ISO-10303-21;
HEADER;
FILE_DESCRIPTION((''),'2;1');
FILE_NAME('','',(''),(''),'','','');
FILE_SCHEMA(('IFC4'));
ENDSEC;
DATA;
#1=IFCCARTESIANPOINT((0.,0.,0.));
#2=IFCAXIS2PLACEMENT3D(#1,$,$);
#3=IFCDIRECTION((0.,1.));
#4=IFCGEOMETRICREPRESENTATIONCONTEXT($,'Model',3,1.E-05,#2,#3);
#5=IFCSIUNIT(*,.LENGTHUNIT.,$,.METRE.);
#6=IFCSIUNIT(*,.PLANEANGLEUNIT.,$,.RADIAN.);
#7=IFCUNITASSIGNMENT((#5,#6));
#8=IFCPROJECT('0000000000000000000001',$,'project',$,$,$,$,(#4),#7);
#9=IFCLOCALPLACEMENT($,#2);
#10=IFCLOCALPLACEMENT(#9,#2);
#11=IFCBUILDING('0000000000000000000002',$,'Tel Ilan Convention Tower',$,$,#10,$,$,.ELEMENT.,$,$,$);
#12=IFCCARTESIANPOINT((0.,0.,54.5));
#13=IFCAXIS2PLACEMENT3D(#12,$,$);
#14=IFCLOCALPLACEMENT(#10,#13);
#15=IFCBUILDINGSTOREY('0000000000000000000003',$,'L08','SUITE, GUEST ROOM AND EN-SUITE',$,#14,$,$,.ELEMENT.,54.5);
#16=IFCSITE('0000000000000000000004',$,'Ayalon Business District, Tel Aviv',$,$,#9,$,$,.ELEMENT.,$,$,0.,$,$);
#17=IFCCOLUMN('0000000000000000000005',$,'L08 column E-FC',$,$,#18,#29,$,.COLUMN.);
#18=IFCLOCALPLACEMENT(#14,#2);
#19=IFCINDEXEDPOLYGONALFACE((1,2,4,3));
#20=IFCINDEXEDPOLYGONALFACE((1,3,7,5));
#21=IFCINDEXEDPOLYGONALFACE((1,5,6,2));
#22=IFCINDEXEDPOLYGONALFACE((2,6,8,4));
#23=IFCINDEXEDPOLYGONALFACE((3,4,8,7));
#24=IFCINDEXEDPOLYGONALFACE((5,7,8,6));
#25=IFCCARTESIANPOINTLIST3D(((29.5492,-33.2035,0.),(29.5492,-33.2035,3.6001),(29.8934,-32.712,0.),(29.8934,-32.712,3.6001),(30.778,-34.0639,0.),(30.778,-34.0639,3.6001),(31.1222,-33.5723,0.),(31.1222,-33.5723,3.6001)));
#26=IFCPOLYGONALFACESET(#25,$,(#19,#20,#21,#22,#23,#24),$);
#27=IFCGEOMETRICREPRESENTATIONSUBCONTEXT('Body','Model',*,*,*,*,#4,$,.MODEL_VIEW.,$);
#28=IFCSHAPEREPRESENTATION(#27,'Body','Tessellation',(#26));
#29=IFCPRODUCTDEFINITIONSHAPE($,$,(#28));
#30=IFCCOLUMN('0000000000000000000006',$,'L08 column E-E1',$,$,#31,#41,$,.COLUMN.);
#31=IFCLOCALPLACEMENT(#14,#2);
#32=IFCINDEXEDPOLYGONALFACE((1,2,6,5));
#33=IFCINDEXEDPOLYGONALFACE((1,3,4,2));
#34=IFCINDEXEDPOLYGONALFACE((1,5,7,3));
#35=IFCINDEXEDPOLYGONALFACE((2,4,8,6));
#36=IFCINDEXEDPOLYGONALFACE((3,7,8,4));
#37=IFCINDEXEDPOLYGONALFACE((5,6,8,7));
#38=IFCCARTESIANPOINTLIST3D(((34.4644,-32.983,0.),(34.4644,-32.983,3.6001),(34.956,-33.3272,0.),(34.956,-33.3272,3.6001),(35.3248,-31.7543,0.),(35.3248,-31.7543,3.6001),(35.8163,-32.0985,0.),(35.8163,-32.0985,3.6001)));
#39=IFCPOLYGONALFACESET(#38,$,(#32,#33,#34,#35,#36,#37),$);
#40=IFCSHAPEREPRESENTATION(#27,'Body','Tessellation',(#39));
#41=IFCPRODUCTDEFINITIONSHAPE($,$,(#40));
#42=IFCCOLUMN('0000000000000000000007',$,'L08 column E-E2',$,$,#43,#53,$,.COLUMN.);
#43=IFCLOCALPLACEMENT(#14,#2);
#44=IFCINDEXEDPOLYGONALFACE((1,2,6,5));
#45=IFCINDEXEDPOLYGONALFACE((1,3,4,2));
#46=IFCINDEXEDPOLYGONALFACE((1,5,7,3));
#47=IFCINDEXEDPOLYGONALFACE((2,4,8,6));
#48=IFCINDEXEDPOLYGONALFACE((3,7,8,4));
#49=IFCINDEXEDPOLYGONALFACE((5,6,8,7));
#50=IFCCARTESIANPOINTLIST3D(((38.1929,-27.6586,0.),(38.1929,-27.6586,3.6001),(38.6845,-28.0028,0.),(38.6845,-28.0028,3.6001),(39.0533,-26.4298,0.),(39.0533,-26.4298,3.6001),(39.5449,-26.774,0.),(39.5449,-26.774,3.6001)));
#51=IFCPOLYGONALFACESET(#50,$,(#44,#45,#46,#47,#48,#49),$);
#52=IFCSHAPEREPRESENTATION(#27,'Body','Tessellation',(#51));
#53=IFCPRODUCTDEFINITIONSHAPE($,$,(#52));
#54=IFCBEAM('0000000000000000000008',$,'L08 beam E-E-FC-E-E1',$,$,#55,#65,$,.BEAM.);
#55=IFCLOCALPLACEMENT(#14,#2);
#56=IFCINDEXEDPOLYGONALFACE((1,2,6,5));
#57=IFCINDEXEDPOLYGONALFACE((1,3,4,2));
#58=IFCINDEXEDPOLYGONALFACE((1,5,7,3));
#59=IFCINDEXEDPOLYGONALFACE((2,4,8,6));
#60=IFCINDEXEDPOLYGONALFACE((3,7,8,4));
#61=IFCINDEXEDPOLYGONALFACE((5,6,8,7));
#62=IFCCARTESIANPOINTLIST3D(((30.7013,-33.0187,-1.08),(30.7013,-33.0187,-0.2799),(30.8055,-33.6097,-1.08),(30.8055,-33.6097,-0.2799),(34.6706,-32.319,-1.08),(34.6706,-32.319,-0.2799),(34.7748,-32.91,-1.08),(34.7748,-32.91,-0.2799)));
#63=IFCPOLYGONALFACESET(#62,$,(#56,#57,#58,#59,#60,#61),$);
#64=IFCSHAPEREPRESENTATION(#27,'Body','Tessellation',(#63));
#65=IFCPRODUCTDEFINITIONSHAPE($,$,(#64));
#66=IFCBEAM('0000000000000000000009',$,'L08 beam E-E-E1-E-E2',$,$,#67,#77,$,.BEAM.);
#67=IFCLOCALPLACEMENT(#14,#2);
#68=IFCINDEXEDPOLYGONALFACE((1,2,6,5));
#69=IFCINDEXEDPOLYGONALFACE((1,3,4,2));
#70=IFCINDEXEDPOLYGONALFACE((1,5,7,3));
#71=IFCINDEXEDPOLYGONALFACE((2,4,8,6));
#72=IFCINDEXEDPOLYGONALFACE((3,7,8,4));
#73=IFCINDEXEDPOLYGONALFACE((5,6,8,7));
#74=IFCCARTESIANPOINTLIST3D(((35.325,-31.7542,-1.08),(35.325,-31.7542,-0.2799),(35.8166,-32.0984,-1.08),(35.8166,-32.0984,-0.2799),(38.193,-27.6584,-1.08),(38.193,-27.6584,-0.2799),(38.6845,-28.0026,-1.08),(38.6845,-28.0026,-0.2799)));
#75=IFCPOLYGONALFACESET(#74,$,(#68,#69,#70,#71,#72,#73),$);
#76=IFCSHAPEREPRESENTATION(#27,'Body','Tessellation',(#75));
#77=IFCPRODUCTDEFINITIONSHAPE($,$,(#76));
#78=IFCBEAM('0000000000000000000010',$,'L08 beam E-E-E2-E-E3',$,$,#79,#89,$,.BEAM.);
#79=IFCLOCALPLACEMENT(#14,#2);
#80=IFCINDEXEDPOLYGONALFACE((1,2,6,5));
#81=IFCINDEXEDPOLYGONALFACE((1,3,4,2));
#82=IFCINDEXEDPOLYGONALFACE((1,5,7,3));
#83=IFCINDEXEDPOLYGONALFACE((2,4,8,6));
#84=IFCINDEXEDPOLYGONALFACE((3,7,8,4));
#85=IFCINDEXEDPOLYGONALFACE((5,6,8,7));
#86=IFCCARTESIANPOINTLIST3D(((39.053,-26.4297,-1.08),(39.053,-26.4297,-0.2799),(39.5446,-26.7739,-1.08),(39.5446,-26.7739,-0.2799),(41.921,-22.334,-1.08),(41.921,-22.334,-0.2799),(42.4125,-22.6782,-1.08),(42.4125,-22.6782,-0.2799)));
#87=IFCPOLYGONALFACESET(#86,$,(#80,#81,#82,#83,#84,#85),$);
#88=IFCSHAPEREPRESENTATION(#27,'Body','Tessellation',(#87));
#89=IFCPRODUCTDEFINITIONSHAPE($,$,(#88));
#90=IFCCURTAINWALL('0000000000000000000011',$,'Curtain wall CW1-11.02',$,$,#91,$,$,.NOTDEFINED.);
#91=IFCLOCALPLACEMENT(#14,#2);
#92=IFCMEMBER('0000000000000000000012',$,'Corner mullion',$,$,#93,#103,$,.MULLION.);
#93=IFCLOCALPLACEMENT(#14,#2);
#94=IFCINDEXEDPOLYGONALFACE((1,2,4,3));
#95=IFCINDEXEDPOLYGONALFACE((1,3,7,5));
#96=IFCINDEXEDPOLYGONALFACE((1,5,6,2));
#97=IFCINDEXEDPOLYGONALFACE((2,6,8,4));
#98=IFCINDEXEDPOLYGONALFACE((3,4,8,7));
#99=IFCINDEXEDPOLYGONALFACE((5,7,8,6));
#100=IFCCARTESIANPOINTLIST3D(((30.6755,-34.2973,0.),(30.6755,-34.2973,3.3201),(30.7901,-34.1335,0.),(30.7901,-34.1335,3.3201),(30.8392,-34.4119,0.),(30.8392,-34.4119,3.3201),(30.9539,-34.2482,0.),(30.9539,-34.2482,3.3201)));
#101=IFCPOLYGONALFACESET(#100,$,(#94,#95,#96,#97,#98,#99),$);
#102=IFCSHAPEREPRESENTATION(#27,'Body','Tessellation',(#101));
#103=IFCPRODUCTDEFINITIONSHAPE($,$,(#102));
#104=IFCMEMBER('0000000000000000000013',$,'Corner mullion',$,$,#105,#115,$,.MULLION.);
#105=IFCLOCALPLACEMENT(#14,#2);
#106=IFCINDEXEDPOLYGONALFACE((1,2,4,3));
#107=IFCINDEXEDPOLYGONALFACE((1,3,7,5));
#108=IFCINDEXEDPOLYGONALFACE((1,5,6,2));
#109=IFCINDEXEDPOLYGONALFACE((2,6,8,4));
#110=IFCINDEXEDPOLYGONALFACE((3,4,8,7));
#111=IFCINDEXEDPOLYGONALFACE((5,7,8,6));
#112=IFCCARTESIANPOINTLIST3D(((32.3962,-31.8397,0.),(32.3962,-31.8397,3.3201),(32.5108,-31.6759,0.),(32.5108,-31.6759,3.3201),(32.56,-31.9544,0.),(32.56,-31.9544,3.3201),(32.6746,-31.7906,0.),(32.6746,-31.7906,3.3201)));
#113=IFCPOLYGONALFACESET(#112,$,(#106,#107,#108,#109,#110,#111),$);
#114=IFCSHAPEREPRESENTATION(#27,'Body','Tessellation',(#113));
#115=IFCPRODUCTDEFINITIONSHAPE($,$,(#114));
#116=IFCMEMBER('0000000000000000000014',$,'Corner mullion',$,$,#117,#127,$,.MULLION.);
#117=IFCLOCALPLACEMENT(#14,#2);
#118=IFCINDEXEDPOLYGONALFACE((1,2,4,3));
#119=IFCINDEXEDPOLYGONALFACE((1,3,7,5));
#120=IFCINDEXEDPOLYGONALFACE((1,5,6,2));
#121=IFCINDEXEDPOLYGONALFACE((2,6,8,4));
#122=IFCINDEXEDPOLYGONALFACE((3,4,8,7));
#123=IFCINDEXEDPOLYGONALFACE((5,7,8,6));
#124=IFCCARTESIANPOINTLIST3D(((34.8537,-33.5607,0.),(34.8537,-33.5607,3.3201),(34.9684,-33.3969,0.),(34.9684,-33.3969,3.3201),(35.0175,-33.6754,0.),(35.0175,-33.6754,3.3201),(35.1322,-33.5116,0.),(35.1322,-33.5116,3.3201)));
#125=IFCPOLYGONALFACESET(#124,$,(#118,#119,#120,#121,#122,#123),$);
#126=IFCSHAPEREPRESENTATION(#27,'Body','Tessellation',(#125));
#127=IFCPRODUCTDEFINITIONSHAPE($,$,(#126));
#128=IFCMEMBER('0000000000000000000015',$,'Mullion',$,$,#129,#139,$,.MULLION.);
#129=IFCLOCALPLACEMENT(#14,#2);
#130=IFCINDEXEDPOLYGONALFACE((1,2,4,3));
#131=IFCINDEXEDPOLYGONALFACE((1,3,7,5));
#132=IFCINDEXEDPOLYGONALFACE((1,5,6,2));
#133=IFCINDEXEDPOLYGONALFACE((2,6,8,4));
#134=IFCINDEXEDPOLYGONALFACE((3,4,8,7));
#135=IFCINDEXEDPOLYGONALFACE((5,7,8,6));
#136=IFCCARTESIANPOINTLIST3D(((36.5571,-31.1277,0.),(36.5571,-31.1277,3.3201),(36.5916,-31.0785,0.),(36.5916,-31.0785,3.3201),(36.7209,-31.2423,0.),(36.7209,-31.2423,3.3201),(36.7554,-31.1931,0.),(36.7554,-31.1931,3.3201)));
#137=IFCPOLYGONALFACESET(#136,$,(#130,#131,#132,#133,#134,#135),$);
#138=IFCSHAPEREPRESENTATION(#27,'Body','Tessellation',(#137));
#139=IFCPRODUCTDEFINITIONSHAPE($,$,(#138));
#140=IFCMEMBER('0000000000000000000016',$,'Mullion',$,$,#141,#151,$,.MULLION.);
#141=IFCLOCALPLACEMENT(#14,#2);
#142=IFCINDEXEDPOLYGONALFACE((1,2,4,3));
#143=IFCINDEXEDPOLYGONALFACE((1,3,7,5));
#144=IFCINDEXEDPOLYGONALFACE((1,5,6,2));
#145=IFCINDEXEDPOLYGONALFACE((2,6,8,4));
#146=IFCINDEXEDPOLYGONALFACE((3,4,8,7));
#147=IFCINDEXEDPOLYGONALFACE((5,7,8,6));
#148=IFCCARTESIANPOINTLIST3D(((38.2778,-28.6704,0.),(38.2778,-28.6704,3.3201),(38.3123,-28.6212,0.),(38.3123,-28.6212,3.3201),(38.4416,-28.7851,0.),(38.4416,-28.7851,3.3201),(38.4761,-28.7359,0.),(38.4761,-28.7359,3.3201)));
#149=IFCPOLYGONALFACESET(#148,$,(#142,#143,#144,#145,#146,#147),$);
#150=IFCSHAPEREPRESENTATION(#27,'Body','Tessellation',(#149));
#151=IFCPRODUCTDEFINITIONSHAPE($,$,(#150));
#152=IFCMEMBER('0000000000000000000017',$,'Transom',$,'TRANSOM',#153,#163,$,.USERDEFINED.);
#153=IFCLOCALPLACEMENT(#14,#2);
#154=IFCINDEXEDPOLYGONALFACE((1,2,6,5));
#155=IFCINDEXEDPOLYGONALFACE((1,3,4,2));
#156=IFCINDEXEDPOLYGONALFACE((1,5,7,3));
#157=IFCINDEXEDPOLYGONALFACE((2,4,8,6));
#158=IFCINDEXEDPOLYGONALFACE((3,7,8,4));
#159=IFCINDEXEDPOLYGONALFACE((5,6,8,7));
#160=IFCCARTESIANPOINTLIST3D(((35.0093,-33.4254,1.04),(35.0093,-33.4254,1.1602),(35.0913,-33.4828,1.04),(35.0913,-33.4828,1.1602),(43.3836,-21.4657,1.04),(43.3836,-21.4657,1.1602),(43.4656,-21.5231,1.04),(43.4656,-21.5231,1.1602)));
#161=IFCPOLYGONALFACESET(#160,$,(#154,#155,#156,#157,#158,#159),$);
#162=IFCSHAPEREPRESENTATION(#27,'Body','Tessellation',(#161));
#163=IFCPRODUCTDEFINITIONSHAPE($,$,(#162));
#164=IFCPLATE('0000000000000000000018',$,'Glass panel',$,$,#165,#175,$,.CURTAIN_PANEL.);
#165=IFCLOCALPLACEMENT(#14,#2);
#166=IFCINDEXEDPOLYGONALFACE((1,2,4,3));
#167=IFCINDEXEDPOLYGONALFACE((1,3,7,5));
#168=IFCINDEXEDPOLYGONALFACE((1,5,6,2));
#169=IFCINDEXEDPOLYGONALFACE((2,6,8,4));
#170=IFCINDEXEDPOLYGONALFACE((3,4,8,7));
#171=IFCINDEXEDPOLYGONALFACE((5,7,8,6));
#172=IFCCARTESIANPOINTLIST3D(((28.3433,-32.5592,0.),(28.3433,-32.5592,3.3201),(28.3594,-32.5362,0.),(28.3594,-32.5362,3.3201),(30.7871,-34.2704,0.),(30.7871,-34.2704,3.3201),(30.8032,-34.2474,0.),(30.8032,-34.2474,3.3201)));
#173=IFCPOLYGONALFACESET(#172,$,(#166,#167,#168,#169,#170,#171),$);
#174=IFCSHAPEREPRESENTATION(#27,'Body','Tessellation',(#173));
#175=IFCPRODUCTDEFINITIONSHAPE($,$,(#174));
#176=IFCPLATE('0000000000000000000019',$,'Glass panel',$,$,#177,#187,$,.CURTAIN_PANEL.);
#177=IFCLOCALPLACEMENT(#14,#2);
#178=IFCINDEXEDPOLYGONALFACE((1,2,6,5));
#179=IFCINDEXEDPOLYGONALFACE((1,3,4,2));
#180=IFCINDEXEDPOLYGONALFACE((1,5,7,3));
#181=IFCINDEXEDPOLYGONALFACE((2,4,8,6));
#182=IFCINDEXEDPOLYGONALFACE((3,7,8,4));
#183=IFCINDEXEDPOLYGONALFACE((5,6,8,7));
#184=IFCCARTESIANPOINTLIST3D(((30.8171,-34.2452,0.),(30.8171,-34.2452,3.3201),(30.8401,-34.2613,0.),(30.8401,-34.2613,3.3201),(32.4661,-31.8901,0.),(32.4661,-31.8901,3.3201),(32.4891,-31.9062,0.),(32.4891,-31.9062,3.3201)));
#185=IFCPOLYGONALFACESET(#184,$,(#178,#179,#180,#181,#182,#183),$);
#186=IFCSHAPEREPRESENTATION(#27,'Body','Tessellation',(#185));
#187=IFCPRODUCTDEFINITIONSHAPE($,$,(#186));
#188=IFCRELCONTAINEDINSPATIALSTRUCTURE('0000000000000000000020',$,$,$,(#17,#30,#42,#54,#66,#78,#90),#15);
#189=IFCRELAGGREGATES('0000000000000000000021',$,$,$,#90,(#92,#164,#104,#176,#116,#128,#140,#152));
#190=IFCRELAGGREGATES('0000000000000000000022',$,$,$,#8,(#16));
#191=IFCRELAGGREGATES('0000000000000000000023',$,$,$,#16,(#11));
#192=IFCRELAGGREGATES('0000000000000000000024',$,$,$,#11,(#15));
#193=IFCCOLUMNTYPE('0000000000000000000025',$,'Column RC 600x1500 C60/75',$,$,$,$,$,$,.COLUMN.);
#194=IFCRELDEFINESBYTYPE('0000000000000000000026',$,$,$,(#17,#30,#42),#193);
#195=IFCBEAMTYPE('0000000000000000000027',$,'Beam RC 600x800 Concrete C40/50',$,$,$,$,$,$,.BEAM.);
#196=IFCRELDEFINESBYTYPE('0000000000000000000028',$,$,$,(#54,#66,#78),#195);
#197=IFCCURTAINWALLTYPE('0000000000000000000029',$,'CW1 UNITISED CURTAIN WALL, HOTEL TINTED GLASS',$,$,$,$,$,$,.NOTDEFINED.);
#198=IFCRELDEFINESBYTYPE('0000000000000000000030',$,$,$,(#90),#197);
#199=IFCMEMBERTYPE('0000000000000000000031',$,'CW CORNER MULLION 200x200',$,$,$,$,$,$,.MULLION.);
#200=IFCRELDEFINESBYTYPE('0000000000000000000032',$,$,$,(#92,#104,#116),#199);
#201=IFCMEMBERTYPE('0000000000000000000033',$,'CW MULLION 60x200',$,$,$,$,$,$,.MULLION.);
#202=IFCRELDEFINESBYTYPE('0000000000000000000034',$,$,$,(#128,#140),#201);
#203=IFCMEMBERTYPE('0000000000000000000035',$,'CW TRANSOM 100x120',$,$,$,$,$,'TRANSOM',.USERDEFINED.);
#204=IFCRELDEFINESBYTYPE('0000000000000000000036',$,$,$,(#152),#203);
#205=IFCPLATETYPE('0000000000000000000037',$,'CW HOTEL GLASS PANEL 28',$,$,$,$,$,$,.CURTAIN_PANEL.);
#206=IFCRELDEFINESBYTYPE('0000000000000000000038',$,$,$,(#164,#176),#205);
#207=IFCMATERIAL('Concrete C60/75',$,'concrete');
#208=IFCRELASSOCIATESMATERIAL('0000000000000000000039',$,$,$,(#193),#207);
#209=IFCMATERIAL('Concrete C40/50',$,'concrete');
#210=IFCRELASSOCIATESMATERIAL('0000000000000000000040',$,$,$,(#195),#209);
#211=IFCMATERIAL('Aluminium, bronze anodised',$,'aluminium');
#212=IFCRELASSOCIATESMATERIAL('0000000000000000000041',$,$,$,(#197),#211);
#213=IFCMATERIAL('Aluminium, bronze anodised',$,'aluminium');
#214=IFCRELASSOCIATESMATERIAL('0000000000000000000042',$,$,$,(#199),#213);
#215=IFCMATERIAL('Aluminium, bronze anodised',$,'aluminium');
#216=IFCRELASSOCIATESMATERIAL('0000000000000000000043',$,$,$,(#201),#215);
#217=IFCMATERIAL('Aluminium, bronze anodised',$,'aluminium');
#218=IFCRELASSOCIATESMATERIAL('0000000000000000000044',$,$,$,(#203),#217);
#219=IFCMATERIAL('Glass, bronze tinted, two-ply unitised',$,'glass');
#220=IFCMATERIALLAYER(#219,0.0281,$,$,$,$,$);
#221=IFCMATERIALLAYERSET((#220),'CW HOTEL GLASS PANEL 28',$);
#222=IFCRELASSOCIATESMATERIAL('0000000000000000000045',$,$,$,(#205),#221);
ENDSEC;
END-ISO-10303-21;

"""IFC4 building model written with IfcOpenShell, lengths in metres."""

from ifc_helpers import new_model, si_unit, direction, frame, origin, origin_2d, place, context, subcontext, project, spatial, rectangle, extrude, material, layer, layer_set, material_profile, profile_set, type_object, element, aggregate, save


model = new_model("IFC4")

# Units and contexts
model_context = context("Model", 3, precision=1e-05, world=origin(), true_north=direction((0.0, 1.0)))
body_context = subcontext(model_context, "Body", "Model", "MODEL_VIEW")
ifc_project = project(units=[si_unit("LENGTHUNIT", "METRE"), si_unit("PLANEANGLEUNIT", "RADIAN")], contexts=[model_context])

# Site, building, storey
site_placement = place(None, origin())
site = spatial("IfcSite", under=ifc_project, at=site_placement, Name="Ayalon Business District, Tel Aviv", CompositionType="ELEMENT", RefElevation=0.0)
building_placement = place(site_placement, origin())
building = spatial("IfcBuilding", under=site, at=building_placement, Name="Tel Ilan Convention Tower", CompositionType="ELEMENT")
storey_placement = place(building_placement, frame((0.0, 0.0, 54.5)))
storey = spatial("IfcBuildingStorey", under=building, at=storey_placement, Name="L08", Description="SUITE, GUEST ROOM AND EN-SUITE", CompositionType="ELEMENT", Elevation=54.5)

# Columns
ifc_material_1 = material(Name="Concrete C60/75", Category="concrete")
ifc_material_profile_1 = material_profile(ifc_material_1, rectangle(XDim=1.5, YDim=0.6001, at=origin_2d()), Name="RC 600x1500")
ifc_profile_set_1 = profile_set([ifc_material_profile_1], Name="Concrete C60/75")
column_type = type_object("IfcColumnType", Name="Column RC 600x1500 C60/75", PredefinedType="COLUMN", material=ifc_profile_set_1)
for number, where, z_axis, x_axis, name in (
    (1, (30.3357, -33.3879, 0.0), (0.0, 0.0, 1.0), (0.819152, -0.573576, 0.0), "L08 column E-FC"),
    (2, (35.1404, -32.5408, 0.0), (0.0, 0.0, 1.0), (0.573576, 0.819152, 0.0), "L08 column E-E1"),
    (3, (38.8689, -27.2163, 0.0), (0.0, 0.0, 1.0), (0.573576, 0.819152, 0.0), "L08 column E-E2"),
):
    element("IfcColumn", number, at=place(storey_placement, frame(where, z_axis=z_axis, x_axis=x_axis)), inside=storey, type_object=column_type, Name=name, PredefinedType="COLUMN", context=body_context, shape_type="SweptSolid", body=[
        extrude(rectangle(XDim=1.5, YDim=0.6001, at=origin_2d()), origin(), (0.0, 0.0, 1.0), 3.6001),
    ])

# Beams
ifc_material_2 = material(Name="Concrete C40/50", Category="concrete")
ifc_material_profile_2 = material_profile(ifc_material_2, rectangle(XDim=0.6001, YDim=0.8, at=origin_2d()), Name="RC 600x800")
ifc_profile_set_2 = profile_set([ifc_material_profile_2], Name="Concrete C40/50")
beam_type = type_object("IfcBeamType", Name="Beam RC 600x800 Concrete C40/50", PredefinedType="BEAM", material=ifc_profile_set_2)
beam_placement = place(storey_placement, frame((30.7534, -33.3142, -0.6799), z_axis=(0.984815, 0.173606, 0.0), x_axis=(-0.173606, 0.984815, 0.0)))
element("IfcBeam", 4, at=beam_placement, inside=storey, type_object=beam_type, Name="L08 beam E-E-FC-E-E1", PredefinedType="BEAM", context=body_context, shape_type="SweptSolid", body=[
    extrude(rectangle(XDim=0.6001, YDim=0.8, at=origin_2d()), origin(), (0.0, 0.0, 1.0), 4.0305),
])
for number, where, z_axis, x_axis, name in (
    (5, (35.5708, -31.9263, -0.6799), (0.573587, 0.819145, 0.0), (-0.819145, 0.573587, 0.0), "L08 beam E-E-E1-E-E2"),
    (6, (39.2988, -26.6018, -0.6799), (0.573587, 0.819145, 0.0), (-0.819145, 0.573587, 0.0), "L08 beam E-E-E2-E-E3"),
):
    element("IfcBeam", number, at=place(storey_placement, frame(where, z_axis=z_axis, x_axis=x_axis)), inside=storey, type_object=beam_type, Name=name, PredefinedType="BEAM", context=body_context, shape_type="SweptSolid", body=[
        extrude(rectangle(XDim=0.6001, YDim=0.8, at=origin_2d()), origin(), (0.0, 0.0, 1.0), 5.0),
    ])

# Curtain wall, members, plates
ifc_material_3 = material(Name="Aluminium, bronze anodised", Category="aluminium")
curtain_wall_type = type_object("IfcCurtainWallType", Name="CW1 UNITISED CURTAIN WALL, HOTEL TINTED GLASS", PredefinedType="NOTDEFINED", material=ifc_material_3)
curtain_wall_placement = place(storey_placement, origin())
curtain_wall = element("IfcCurtainWall", 7, at=curtain_wall_placement, inside=storey, type_object=curtain_wall_type, Name="Curtain wall CW1-11.02", PredefinedType="NOTDEFINED")
ifc_material_4 = material(Name="Aluminium, bronze anodised", Category="aluminium")
ifc_material_profile_3 = material_profile(ifc_material_4, rectangle(XDim=0.2, YDim=0.2, at=origin_2d()), Name="CW CORNER MULLION 200x200")
ifc_profile_set_3 = profile_set([ifc_material_profile_3], Name="Aluminium, bronze anodised")
member_type_1 = type_object("IfcMemberType", Name="CW CORNER MULLION 200x200", PredefinedType="MULLION", material=ifc_profile_set_3)
member_1_placement = place(storey_placement, frame((30.8147, -34.2727, 0.0), z_axis=(0.0, 0.0, 1.0), x_axis=(0.819152, -0.573576, 0.0)))
member_1 = element("IfcMember", 8, at=member_1_placement, type_object=member_type_1, Name="Corner mullion", PredefinedType="MULLION", context=body_context, shape_type="SweptSolid", body=[
    extrude(rectangle(XDim=0.2, YDim=0.2, at=origin_2d()), origin(), (0.0, 0.0, 1.0), 3.3201),
])
member_2_placement = place(storey_placement, frame((32.5354, -31.8152, 0.0), z_axis=(0.0, 0.0, 1.0), x_axis=(0.573576, 0.819152, 0.0)))
member_2 = element("IfcMember", 9, at=member_2_placement, type_object=member_type_1, Name="Corner mullion", PredefinedType="MULLION", context=body_context, shape_type="SweptSolid", body=[
    extrude(rectangle(XDim=0.2, YDim=0.2, at=origin_2d()), origin(), (0.0, 0.0, 1.0), 3.3201),
])
member_3_placement = place(storey_placement, frame((34.9929, -33.5361, 0.0), z_axis=(0.0, 0.0, 1.0), x_axis=(0.819152, -0.573576, 0.0)))
member_3 = element("IfcMember", 10, at=member_3_placement, type_object=member_type_1, Name="Corner mullion", PredefinedType="MULLION", context=body_context, shape_type="SweptSolid", body=[
    extrude(rectangle(XDim=0.2, YDim=0.2, at=origin_2d()), origin(), (0.0, 0.0, 1.0), 3.3201),
])
ifc_material_5 = material(Name="Aluminium, bronze anodised", Category="aluminium")
ifc_material_profile_4 = material_profile(ifc_material_5, rectangle(XDim=0.0601, YDim=0.2, at=origin_2d()), Name="CW MULLION 60x200")
ifc_profile_set_4 = profile_set([ifc_material_profile_4], Name="Aluminium, bronze anodised")
member_type_2 = type_object("IfcMemberType", Name="CW MULLION 60x200", PredefinedType="MULLION", material=ifc_profile_set_4)
member_4_placement = place(storey_placement, frame((36.6562, -31.1604, 0.0), z_axis=(0.0, 0.0, 1.0), x_axis=(0.573576, 0.819152, 0.0)))
member_4 = element("IfcMember", 11, at=member_4_placement, type_object=member_type_2, Name="Mullion", PredefinedType="MULLION", context=body_context, shape_type="SweptSolid", body=[
    extrude(rectangle(XDim=0.0601, YDim=0.2, at=origin_2d()), origin(), (0.0, 0.0, 1.0), 3.3201),
])
member_5_placement = place(storey_placement, frame((38.377, -28.7031, 0.0), z_axis=(0.0, 0.0, 1.0), x_axis=(0.573576, 0.819152, 0.0)))
member_5 = element("IfcMember", 12, at=member_5_placement, type_object=member_type_2, Name="Mullion", PredefinedType="MULLION", context=body_context, shape_type="SweptSolid", body=[
    extrude(rectangle(XDim=0.0601, YDim=0.2, at=origin_2d()), origin(), (0.0, 0.0, 1.0), 3.3201),
])
ifc_material_6 = material(Name="Aluminium, bronze anodised", Category="aluminium")
ifc_material_profile_5 = material_profile(ifc_material_6, rectangle(XDim=0.1001, YDim=0.1201, at=origin_2d()), Name="CW TRANSOM 100x120")
ifc_profile_set_5 = profile_set([ifc_material_profile_5], Name="Aluminium, bronze anodised")
member_type_3 = type_object("IfcMemberType", Name="CW TRANSOM 100x120", ElementType="TRANSOM", PredefinedType="USERDEFINED", material=ifc_profile_set_5)
member_6_placement = place(storey_placement, frame((35.0503, -33.4541, 1.1001), z_axis=(0.573576, 0.819153, 0.0), x_axis=(-0.819153, 0.573576, 0.0)))
member_6 = element("IfcMember", 13, at=member_6_placement, type_object=member_type_3, Name="Transom", ObjectType="TRANSOM", PredefinedType="USERDEFINED", context=body_context, shape_type="SweptSolid", body=[
    extrude(rectangle(XDim=0.1001, YDim=0.1201, at=origin_2d()), origin(), (0.0, 0.0, 1.0), 14.6001),
])
ifc_material_7 = material(Name="Glass, bronze tinted, two-ply unitised", Category="glass")
ifc_layer_1 = layer(ifc_material_7, 0.0281)
ifc_layer_set_1 = layer_set([ifc_layer_1], Name="CW HOTEL GLASS PANEL 28")
plate_type = type_object("IfcPlateType", Name="CW HOTEL GLASS PANEL 28", PredefinedType="CURTAIN_PANEL", material=ifc_layer_set_1)
plate_1_placement = place(storey_placement, frame((29.5732, -33.4033, 0.0), z_axis=(0.0, 0.0, 1.0), x_axis=(0.819152, -0.573576, 0.0)))
plate_1 = element("IfcPlate", 14, at=plate_1_placement, type_object=plate_type, Name="Glass panel", PredefinedType="CURTAIN_PANEL", context=body_context, shape_type="SweptSolid", body=[
    extrude(rectangle(XDim=2.9834, YDim=0.0281, at=origin_2d()), origin(), (0.0, 0.0, 1.0), 3.3201),
])
plate_2_placement = place(storey_placement, frame((31.6531, -33.0757, 0.0), z_axis=(0.0, 0.0, 1.0), x_axis=(0.573576, 0.819152, 0.0)))
plate_2 = element("IfcPlate", 15, at=plate_2_placement, type_object=plate_type, Name="Glass panel", PredefinedType="CURTAIN_PANEL", context=body_context, shape_type="SweptSolid", body=[
    extrude(rectangle(XDim=2.875, YDim=0.0281, at=origin_2d()), origin(), (0.0, 0.0, 1.0), 3.3201),
])
aggregate(curtain_wall, [member_1, plate_1, member_2, plate_2, member_3, member_4, member_5, member_6])

save(model, "model.ifc")
